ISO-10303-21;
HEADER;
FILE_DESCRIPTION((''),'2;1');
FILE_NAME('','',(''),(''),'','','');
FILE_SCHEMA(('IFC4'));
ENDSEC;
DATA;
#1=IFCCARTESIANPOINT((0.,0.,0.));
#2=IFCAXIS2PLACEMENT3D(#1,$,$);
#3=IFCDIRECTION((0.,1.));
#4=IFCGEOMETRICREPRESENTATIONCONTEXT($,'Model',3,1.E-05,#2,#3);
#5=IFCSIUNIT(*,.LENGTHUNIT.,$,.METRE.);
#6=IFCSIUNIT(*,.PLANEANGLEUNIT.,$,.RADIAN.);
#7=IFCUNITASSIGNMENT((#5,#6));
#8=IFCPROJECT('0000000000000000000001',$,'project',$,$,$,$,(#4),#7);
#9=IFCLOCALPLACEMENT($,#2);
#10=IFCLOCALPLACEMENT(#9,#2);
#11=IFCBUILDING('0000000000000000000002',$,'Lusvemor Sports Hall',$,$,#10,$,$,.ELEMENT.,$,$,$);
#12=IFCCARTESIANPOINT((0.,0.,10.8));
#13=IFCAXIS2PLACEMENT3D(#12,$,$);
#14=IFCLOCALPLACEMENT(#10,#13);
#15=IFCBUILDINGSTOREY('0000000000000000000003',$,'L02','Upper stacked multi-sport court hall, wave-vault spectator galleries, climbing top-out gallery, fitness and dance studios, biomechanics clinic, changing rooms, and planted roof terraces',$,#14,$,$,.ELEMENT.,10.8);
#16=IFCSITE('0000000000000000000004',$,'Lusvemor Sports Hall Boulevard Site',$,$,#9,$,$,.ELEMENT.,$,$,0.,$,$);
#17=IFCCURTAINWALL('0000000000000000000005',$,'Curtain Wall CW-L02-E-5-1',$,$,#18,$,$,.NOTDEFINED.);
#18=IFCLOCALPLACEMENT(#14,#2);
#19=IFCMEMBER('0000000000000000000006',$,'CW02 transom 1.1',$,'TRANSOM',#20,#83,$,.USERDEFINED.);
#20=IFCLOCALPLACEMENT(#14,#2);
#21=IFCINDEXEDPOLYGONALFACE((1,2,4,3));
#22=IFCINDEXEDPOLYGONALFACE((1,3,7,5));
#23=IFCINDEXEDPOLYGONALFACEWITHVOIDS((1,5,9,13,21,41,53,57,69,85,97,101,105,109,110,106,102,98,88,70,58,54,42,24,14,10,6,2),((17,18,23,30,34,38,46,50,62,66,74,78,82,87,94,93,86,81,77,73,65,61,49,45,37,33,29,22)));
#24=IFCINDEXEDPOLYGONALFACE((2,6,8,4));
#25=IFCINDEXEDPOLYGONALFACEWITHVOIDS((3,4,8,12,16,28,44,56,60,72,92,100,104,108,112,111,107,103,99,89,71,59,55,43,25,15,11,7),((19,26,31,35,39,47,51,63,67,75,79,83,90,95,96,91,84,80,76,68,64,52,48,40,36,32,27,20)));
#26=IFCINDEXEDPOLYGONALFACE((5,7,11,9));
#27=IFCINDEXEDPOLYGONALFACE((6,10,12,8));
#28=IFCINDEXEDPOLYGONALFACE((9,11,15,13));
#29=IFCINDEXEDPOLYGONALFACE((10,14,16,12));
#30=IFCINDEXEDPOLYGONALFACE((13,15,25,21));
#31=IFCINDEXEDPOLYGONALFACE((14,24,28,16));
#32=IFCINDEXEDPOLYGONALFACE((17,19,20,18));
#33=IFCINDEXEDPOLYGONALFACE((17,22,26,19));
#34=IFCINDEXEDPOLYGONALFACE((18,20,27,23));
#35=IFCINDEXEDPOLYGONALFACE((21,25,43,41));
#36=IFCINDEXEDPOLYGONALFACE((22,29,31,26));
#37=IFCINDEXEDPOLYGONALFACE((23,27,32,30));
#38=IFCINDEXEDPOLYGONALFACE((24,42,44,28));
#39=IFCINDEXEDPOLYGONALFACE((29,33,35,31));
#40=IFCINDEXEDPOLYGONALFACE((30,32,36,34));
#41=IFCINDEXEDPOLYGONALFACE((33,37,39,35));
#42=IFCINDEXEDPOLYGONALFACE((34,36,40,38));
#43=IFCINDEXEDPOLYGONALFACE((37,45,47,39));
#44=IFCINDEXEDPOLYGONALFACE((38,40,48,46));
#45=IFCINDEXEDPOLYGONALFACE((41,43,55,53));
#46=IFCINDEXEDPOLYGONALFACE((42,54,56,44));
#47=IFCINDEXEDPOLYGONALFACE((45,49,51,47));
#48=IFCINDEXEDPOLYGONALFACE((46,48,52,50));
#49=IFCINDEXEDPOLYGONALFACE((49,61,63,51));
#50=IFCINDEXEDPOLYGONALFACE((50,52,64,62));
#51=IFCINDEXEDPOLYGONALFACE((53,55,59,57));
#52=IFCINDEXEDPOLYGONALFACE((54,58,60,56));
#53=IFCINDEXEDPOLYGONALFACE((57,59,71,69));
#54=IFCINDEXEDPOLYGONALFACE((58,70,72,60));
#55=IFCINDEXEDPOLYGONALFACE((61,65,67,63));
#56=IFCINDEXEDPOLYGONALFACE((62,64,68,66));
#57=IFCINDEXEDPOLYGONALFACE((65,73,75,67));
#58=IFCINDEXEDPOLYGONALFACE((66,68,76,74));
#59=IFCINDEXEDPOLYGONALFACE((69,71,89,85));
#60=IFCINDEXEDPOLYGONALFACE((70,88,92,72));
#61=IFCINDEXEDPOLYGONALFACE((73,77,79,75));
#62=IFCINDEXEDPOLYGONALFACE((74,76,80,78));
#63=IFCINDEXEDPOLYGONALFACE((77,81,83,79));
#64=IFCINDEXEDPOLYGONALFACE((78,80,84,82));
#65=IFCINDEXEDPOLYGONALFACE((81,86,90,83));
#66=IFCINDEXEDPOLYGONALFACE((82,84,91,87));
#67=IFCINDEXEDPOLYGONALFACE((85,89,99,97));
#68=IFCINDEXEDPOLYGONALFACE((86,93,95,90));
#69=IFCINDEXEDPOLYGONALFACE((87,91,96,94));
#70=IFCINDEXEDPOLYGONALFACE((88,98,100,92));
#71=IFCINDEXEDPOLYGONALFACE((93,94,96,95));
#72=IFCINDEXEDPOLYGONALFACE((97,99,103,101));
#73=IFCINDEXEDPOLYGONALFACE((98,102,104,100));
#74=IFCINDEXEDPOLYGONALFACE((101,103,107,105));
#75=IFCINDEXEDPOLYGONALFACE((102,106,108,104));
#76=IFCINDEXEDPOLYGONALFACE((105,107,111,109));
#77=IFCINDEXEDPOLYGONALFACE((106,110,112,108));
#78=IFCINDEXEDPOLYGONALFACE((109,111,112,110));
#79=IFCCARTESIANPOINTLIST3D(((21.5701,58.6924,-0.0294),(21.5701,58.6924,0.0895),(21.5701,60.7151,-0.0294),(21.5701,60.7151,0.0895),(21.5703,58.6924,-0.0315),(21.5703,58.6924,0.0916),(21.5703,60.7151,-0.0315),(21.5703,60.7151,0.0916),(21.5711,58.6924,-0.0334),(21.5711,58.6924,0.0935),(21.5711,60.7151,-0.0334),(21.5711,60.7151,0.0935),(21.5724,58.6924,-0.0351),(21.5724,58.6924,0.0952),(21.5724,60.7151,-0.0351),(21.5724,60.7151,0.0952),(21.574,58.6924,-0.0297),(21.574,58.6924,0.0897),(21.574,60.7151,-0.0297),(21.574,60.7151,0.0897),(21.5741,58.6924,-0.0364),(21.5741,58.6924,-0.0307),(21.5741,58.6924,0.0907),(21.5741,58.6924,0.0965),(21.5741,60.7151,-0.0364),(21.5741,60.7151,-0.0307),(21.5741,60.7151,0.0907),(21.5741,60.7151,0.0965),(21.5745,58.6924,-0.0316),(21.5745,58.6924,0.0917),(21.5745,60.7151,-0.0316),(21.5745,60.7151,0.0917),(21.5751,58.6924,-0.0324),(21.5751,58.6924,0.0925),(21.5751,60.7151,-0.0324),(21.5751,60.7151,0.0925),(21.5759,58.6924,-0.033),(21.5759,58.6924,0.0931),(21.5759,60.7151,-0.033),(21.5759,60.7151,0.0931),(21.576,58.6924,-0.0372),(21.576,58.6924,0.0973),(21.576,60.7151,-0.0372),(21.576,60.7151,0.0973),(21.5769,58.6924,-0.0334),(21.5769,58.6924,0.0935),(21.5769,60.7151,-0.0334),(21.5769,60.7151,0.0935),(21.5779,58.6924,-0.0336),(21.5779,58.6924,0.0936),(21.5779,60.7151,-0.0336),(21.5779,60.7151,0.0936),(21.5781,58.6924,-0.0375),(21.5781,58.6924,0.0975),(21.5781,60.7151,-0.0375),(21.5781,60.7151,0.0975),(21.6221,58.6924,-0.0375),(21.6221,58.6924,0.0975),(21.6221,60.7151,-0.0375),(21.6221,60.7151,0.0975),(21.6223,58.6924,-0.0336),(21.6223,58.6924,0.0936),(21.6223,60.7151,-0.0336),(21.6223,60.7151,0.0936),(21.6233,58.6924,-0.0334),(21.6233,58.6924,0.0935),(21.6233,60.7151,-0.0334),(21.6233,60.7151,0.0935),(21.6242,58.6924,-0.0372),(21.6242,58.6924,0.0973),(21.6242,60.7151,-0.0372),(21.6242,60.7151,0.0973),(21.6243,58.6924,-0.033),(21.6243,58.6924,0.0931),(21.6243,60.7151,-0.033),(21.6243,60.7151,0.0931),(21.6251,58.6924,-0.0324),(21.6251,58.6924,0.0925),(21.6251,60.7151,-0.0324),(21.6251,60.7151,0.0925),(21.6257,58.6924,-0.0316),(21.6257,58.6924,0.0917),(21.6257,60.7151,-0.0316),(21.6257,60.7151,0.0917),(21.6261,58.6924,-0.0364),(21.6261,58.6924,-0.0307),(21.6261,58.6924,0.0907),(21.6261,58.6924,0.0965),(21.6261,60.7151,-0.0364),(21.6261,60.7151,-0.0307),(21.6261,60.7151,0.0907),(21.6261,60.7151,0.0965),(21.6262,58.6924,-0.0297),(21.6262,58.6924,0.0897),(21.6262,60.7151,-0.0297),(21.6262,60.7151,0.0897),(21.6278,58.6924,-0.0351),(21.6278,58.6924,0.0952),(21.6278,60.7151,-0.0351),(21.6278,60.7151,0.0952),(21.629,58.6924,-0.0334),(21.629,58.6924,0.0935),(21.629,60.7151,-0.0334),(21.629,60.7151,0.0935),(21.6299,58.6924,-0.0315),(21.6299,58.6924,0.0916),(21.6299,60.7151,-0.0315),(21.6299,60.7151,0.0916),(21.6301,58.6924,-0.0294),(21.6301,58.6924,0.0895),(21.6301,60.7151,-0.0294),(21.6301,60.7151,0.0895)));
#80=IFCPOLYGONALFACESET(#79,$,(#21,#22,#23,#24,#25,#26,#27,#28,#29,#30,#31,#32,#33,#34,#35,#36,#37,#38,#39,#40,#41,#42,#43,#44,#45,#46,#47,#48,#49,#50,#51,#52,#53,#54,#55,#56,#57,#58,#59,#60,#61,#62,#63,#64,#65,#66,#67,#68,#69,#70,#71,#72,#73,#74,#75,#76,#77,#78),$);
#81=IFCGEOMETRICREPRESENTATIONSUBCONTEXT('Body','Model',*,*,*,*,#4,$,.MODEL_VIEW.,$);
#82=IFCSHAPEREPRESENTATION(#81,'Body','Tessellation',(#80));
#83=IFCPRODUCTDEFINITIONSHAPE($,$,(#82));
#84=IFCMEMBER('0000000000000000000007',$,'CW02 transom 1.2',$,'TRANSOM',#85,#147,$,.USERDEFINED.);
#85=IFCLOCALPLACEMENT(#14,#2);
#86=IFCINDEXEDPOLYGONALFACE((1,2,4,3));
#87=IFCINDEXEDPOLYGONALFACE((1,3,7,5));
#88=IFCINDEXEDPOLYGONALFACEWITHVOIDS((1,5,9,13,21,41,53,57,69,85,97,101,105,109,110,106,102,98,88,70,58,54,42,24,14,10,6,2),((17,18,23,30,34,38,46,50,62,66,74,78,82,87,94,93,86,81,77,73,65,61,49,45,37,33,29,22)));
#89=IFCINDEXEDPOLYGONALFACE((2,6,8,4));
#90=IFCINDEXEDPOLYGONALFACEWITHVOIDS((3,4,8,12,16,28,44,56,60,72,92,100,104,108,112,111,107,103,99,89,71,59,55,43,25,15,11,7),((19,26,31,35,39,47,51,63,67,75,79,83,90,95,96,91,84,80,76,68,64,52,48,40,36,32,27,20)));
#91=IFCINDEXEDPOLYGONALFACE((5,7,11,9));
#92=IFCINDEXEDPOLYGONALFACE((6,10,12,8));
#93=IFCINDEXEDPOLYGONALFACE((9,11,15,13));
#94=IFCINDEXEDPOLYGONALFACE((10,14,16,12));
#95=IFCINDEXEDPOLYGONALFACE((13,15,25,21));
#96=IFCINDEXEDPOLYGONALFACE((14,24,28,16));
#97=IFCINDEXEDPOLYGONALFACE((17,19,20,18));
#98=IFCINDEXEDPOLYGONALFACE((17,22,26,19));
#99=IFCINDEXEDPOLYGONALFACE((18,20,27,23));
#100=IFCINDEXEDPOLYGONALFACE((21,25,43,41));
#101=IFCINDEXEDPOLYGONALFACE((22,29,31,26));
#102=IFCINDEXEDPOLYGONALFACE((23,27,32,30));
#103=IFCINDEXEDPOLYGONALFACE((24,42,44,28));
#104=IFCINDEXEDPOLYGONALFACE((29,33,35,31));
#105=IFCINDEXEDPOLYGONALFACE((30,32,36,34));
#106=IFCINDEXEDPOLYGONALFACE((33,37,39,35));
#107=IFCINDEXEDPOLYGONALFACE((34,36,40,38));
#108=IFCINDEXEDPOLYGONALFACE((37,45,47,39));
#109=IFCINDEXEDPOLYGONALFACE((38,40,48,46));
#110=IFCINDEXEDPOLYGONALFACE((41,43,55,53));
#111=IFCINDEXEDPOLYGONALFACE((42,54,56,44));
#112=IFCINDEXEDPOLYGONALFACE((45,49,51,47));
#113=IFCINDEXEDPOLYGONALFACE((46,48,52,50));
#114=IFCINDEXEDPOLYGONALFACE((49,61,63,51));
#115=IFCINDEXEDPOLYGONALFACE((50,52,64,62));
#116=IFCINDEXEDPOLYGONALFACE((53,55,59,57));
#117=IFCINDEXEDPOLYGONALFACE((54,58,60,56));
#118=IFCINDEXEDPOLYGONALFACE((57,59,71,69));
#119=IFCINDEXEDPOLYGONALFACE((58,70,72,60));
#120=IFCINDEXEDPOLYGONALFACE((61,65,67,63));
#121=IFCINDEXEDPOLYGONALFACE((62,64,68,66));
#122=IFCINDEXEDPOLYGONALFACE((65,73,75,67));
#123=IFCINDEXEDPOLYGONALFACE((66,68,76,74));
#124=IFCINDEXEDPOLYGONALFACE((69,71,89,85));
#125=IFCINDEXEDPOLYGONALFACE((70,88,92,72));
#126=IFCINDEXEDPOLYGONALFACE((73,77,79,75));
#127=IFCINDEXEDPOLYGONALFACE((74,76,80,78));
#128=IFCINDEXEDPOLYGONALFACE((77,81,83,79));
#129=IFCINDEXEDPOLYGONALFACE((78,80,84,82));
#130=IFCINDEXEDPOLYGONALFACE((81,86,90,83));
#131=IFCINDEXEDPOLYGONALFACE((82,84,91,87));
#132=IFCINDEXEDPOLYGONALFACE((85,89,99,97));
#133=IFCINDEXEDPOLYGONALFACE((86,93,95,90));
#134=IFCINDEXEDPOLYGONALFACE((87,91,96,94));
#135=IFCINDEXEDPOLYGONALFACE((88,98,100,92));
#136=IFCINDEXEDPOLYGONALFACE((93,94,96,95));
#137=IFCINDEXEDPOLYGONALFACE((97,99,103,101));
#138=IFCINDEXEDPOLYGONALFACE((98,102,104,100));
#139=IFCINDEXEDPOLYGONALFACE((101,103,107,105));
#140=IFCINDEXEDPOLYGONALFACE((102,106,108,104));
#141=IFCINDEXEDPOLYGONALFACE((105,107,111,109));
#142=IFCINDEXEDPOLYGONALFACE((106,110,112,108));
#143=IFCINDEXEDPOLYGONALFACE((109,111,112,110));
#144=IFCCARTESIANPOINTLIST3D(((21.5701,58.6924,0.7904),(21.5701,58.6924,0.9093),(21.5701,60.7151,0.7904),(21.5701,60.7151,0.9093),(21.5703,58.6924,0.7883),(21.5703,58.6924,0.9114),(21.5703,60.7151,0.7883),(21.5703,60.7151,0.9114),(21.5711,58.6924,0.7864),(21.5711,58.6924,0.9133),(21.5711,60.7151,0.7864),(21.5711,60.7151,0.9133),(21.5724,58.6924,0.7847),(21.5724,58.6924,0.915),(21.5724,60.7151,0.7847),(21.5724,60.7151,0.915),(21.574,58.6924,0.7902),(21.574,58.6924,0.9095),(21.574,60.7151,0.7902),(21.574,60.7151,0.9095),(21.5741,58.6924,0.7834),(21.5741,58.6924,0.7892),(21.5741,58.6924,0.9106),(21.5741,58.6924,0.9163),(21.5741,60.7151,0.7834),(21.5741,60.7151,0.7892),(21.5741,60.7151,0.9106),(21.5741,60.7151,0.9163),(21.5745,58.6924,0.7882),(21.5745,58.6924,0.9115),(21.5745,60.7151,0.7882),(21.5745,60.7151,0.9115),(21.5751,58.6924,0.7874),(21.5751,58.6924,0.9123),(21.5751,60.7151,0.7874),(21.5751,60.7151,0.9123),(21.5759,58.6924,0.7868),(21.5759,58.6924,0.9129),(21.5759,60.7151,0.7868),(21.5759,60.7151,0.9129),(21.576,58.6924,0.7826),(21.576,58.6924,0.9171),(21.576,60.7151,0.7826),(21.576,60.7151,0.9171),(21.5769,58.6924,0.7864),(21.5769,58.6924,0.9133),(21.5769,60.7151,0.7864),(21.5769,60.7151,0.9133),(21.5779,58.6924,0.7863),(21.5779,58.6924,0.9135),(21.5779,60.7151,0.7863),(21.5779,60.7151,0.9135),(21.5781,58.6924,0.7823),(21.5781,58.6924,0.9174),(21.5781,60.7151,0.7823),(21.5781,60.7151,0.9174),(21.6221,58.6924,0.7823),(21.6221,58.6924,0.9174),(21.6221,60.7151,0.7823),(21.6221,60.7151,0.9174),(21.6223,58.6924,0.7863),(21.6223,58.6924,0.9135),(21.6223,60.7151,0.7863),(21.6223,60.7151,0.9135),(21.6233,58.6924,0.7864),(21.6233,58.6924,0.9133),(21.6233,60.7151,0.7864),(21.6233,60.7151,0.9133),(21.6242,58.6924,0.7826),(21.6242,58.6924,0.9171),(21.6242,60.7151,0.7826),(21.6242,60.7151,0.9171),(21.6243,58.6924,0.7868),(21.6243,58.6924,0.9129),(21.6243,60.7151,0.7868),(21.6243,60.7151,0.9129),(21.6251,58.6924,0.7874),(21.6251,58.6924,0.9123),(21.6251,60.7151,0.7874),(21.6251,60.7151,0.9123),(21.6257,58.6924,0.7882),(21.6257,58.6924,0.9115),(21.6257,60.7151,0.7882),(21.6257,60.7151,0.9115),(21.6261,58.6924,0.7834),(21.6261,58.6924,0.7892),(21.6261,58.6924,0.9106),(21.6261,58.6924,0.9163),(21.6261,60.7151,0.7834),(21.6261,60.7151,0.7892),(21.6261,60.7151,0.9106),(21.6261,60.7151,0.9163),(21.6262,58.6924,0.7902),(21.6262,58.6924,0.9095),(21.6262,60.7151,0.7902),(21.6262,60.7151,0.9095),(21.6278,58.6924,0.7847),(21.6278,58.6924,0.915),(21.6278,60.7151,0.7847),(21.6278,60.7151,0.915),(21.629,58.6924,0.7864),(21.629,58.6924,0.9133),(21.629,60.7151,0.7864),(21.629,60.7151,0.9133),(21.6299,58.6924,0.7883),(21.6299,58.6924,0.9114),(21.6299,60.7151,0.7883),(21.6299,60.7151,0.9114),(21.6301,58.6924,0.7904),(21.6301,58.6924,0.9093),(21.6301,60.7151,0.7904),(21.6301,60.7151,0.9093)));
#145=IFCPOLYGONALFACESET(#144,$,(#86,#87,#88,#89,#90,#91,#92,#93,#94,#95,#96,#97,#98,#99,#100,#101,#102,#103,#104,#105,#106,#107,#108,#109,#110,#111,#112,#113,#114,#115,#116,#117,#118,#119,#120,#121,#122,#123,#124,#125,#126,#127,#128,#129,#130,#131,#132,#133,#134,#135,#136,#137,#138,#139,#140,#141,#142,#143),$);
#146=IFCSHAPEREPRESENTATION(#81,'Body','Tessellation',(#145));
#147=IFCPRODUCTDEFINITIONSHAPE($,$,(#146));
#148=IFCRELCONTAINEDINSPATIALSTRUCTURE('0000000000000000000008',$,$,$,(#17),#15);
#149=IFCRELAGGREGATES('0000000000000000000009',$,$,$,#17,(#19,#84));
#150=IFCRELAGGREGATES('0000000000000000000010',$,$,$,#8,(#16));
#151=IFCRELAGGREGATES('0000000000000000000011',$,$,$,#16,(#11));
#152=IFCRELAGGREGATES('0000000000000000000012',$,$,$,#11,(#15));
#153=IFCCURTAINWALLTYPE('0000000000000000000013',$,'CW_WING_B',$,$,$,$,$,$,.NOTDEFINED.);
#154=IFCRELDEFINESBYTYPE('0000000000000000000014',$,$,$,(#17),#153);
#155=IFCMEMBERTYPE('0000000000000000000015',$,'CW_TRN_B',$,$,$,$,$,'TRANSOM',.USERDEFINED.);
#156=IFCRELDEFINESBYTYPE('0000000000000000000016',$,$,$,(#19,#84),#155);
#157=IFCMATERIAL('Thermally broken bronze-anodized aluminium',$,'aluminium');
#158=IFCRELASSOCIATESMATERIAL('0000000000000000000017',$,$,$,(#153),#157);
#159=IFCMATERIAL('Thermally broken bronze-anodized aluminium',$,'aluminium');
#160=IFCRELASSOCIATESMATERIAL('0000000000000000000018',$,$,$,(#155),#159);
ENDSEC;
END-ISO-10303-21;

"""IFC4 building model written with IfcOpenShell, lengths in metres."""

from ifc_helpers import new_model, si_unit, direction, frame, origin, origin_2d, place, context, subcontext, project, spatial, hollow_rectangle, extrude, material, material_profile, profile_set, type_object, element, aggregate, save


model = new_model("IFC4")

# Units and contexts
model_context = context("Model", 3, precision=1e-05, world=origin(), true_north=direction((0.0, 1.0)))
body_context = subcontext(model_context, "Body", "Model", "MODEL_VIEW")
ifc_project = project(units=[si_unit("LENGTHUNIT", "METRE"), si_unit("PLANEANGLEUNIT", "RADIAN")], contexts=[model_context])

# Site, building, storey
site_placement = place(None, origin())
site = spatial("IfcSite", under=ifc_project, at=site_placement, Name="Lusvemor Sports Hall Boulevard Site", CompositionType="ELEMENT", RefElevation=0.0)
building_placement = place(site_placement, origin())
building = spatial("IfcBuilding", under=site, at=building_placement, Name="Lusvemor Sports Hall", CompositionType="ELEMENT")
storey_placement = place(building_placement, frame((0.0, 0.0, 10.8)))
storey = spatial("IfcBuildingStorey", under=building, at=storey_placement, Name="L02", Description="Upper stacked multi-sport court hall, wave-vault spectator galleries, climbing top-out gallery, fitness and dance studios, biomechanics clinic, changing rooms, and planted roof terraces", CompositionType="ELEMENT", Elevation=10.8)

# Curtain wall
ifc_material_1 = material(Name="Thermally broken bronze-anodized aluminium", Category="aluminium")
curtain_wall_type = type_object("IfcCurtainWallType", Name="CW_WING_B", PredefinedType="NOTDEFINED", material=ifc_material_1)
curtain_wall_1_placement = place(storey_placement, origin())
curtain_wall_1 = element("IfcCurtainWall", 1, at=curtain_wall_1_placement, inside=storey, type_object=curtain_wall_type, Name="Curtain Wall CW-L02-E-5-1", PredefinedType="NOTDEFINED")

# Members
ifc_material_2 = material(Name="Thermally broken bronze-anodized aluminium", Category="aluminium")
ifc_material_profile_1 = material_profile(ifc_material_2, hollow_rectangle(XDim=0.0601, YDim=0.135, WallThickness=0.0039, InnerFilletRadius=0.0039, OuterFilletRadius=0.0081, at=origin_2d()), Name="CWTRN135x60x4")
ifc_profile_set_1 = profile_set([ifc_material_profile_1], Name="Thermally broken bronze-anodized aluminium")
member_type_1 = type_object("IfcMemberType", Name="CW_TRN_B", ElementType="TRANSOM", PredefinedType="USERDEFINED", material=ifc_profile_set_1)
member_1_placement = place(storey_placement, frame((21.6001, 60.7151, 0.03), z_axis=(0.0, -1.0, 0.0), x_axis=(1.0, 0.0, 0.0)))
member_1 = element("IfcMember", 2, at=member_1_placement, type_object=member_type_1, Name="CW02 transom 1.1", ObjectType="TRANSOM", PredefinedType="USERDEFINED", context=body_context, shape_type="SweptSolid", body=[
    extrude(hollow_rectangle(XDim=0.0601, YDim=0.135, WallThickness=0.0039, InnerFilletRadius=0.0039, OuterFilletRadius=0.0081, at=origin_2d()), origin(), (0.0, 0.0, 1.0), 2.0227),
])
member_2_placement = place(storey_placement, frame((21.6001, 60.7151, 0.8499), z_axis=(0.0, -1.0, 0.0), x_axis=(1.0, 0.0, 0.0)))
member_2 = element("IfcMember", 3, at=member_2_placement, type_object=member_type_1, Name="CW02 transom 1.2", ObjectType="TRANSOM", PredefinedType="USERDEFINED", context=body_context, shape_type="SweptSolid", body=[
    extrude(hollow_rectangle(XDim=0.0601, YDim=0.135, WallThickness=0.0039, InnerFilletRadius=0.0039, OuterFilletRadius=0.0081, at=origin_2d()), origin(), (0.0, 0.0, 1.0), 2.0227),
])
aggregate(curtain_wall_1, [member_1, member_2])

save(model, "model.ifc")
